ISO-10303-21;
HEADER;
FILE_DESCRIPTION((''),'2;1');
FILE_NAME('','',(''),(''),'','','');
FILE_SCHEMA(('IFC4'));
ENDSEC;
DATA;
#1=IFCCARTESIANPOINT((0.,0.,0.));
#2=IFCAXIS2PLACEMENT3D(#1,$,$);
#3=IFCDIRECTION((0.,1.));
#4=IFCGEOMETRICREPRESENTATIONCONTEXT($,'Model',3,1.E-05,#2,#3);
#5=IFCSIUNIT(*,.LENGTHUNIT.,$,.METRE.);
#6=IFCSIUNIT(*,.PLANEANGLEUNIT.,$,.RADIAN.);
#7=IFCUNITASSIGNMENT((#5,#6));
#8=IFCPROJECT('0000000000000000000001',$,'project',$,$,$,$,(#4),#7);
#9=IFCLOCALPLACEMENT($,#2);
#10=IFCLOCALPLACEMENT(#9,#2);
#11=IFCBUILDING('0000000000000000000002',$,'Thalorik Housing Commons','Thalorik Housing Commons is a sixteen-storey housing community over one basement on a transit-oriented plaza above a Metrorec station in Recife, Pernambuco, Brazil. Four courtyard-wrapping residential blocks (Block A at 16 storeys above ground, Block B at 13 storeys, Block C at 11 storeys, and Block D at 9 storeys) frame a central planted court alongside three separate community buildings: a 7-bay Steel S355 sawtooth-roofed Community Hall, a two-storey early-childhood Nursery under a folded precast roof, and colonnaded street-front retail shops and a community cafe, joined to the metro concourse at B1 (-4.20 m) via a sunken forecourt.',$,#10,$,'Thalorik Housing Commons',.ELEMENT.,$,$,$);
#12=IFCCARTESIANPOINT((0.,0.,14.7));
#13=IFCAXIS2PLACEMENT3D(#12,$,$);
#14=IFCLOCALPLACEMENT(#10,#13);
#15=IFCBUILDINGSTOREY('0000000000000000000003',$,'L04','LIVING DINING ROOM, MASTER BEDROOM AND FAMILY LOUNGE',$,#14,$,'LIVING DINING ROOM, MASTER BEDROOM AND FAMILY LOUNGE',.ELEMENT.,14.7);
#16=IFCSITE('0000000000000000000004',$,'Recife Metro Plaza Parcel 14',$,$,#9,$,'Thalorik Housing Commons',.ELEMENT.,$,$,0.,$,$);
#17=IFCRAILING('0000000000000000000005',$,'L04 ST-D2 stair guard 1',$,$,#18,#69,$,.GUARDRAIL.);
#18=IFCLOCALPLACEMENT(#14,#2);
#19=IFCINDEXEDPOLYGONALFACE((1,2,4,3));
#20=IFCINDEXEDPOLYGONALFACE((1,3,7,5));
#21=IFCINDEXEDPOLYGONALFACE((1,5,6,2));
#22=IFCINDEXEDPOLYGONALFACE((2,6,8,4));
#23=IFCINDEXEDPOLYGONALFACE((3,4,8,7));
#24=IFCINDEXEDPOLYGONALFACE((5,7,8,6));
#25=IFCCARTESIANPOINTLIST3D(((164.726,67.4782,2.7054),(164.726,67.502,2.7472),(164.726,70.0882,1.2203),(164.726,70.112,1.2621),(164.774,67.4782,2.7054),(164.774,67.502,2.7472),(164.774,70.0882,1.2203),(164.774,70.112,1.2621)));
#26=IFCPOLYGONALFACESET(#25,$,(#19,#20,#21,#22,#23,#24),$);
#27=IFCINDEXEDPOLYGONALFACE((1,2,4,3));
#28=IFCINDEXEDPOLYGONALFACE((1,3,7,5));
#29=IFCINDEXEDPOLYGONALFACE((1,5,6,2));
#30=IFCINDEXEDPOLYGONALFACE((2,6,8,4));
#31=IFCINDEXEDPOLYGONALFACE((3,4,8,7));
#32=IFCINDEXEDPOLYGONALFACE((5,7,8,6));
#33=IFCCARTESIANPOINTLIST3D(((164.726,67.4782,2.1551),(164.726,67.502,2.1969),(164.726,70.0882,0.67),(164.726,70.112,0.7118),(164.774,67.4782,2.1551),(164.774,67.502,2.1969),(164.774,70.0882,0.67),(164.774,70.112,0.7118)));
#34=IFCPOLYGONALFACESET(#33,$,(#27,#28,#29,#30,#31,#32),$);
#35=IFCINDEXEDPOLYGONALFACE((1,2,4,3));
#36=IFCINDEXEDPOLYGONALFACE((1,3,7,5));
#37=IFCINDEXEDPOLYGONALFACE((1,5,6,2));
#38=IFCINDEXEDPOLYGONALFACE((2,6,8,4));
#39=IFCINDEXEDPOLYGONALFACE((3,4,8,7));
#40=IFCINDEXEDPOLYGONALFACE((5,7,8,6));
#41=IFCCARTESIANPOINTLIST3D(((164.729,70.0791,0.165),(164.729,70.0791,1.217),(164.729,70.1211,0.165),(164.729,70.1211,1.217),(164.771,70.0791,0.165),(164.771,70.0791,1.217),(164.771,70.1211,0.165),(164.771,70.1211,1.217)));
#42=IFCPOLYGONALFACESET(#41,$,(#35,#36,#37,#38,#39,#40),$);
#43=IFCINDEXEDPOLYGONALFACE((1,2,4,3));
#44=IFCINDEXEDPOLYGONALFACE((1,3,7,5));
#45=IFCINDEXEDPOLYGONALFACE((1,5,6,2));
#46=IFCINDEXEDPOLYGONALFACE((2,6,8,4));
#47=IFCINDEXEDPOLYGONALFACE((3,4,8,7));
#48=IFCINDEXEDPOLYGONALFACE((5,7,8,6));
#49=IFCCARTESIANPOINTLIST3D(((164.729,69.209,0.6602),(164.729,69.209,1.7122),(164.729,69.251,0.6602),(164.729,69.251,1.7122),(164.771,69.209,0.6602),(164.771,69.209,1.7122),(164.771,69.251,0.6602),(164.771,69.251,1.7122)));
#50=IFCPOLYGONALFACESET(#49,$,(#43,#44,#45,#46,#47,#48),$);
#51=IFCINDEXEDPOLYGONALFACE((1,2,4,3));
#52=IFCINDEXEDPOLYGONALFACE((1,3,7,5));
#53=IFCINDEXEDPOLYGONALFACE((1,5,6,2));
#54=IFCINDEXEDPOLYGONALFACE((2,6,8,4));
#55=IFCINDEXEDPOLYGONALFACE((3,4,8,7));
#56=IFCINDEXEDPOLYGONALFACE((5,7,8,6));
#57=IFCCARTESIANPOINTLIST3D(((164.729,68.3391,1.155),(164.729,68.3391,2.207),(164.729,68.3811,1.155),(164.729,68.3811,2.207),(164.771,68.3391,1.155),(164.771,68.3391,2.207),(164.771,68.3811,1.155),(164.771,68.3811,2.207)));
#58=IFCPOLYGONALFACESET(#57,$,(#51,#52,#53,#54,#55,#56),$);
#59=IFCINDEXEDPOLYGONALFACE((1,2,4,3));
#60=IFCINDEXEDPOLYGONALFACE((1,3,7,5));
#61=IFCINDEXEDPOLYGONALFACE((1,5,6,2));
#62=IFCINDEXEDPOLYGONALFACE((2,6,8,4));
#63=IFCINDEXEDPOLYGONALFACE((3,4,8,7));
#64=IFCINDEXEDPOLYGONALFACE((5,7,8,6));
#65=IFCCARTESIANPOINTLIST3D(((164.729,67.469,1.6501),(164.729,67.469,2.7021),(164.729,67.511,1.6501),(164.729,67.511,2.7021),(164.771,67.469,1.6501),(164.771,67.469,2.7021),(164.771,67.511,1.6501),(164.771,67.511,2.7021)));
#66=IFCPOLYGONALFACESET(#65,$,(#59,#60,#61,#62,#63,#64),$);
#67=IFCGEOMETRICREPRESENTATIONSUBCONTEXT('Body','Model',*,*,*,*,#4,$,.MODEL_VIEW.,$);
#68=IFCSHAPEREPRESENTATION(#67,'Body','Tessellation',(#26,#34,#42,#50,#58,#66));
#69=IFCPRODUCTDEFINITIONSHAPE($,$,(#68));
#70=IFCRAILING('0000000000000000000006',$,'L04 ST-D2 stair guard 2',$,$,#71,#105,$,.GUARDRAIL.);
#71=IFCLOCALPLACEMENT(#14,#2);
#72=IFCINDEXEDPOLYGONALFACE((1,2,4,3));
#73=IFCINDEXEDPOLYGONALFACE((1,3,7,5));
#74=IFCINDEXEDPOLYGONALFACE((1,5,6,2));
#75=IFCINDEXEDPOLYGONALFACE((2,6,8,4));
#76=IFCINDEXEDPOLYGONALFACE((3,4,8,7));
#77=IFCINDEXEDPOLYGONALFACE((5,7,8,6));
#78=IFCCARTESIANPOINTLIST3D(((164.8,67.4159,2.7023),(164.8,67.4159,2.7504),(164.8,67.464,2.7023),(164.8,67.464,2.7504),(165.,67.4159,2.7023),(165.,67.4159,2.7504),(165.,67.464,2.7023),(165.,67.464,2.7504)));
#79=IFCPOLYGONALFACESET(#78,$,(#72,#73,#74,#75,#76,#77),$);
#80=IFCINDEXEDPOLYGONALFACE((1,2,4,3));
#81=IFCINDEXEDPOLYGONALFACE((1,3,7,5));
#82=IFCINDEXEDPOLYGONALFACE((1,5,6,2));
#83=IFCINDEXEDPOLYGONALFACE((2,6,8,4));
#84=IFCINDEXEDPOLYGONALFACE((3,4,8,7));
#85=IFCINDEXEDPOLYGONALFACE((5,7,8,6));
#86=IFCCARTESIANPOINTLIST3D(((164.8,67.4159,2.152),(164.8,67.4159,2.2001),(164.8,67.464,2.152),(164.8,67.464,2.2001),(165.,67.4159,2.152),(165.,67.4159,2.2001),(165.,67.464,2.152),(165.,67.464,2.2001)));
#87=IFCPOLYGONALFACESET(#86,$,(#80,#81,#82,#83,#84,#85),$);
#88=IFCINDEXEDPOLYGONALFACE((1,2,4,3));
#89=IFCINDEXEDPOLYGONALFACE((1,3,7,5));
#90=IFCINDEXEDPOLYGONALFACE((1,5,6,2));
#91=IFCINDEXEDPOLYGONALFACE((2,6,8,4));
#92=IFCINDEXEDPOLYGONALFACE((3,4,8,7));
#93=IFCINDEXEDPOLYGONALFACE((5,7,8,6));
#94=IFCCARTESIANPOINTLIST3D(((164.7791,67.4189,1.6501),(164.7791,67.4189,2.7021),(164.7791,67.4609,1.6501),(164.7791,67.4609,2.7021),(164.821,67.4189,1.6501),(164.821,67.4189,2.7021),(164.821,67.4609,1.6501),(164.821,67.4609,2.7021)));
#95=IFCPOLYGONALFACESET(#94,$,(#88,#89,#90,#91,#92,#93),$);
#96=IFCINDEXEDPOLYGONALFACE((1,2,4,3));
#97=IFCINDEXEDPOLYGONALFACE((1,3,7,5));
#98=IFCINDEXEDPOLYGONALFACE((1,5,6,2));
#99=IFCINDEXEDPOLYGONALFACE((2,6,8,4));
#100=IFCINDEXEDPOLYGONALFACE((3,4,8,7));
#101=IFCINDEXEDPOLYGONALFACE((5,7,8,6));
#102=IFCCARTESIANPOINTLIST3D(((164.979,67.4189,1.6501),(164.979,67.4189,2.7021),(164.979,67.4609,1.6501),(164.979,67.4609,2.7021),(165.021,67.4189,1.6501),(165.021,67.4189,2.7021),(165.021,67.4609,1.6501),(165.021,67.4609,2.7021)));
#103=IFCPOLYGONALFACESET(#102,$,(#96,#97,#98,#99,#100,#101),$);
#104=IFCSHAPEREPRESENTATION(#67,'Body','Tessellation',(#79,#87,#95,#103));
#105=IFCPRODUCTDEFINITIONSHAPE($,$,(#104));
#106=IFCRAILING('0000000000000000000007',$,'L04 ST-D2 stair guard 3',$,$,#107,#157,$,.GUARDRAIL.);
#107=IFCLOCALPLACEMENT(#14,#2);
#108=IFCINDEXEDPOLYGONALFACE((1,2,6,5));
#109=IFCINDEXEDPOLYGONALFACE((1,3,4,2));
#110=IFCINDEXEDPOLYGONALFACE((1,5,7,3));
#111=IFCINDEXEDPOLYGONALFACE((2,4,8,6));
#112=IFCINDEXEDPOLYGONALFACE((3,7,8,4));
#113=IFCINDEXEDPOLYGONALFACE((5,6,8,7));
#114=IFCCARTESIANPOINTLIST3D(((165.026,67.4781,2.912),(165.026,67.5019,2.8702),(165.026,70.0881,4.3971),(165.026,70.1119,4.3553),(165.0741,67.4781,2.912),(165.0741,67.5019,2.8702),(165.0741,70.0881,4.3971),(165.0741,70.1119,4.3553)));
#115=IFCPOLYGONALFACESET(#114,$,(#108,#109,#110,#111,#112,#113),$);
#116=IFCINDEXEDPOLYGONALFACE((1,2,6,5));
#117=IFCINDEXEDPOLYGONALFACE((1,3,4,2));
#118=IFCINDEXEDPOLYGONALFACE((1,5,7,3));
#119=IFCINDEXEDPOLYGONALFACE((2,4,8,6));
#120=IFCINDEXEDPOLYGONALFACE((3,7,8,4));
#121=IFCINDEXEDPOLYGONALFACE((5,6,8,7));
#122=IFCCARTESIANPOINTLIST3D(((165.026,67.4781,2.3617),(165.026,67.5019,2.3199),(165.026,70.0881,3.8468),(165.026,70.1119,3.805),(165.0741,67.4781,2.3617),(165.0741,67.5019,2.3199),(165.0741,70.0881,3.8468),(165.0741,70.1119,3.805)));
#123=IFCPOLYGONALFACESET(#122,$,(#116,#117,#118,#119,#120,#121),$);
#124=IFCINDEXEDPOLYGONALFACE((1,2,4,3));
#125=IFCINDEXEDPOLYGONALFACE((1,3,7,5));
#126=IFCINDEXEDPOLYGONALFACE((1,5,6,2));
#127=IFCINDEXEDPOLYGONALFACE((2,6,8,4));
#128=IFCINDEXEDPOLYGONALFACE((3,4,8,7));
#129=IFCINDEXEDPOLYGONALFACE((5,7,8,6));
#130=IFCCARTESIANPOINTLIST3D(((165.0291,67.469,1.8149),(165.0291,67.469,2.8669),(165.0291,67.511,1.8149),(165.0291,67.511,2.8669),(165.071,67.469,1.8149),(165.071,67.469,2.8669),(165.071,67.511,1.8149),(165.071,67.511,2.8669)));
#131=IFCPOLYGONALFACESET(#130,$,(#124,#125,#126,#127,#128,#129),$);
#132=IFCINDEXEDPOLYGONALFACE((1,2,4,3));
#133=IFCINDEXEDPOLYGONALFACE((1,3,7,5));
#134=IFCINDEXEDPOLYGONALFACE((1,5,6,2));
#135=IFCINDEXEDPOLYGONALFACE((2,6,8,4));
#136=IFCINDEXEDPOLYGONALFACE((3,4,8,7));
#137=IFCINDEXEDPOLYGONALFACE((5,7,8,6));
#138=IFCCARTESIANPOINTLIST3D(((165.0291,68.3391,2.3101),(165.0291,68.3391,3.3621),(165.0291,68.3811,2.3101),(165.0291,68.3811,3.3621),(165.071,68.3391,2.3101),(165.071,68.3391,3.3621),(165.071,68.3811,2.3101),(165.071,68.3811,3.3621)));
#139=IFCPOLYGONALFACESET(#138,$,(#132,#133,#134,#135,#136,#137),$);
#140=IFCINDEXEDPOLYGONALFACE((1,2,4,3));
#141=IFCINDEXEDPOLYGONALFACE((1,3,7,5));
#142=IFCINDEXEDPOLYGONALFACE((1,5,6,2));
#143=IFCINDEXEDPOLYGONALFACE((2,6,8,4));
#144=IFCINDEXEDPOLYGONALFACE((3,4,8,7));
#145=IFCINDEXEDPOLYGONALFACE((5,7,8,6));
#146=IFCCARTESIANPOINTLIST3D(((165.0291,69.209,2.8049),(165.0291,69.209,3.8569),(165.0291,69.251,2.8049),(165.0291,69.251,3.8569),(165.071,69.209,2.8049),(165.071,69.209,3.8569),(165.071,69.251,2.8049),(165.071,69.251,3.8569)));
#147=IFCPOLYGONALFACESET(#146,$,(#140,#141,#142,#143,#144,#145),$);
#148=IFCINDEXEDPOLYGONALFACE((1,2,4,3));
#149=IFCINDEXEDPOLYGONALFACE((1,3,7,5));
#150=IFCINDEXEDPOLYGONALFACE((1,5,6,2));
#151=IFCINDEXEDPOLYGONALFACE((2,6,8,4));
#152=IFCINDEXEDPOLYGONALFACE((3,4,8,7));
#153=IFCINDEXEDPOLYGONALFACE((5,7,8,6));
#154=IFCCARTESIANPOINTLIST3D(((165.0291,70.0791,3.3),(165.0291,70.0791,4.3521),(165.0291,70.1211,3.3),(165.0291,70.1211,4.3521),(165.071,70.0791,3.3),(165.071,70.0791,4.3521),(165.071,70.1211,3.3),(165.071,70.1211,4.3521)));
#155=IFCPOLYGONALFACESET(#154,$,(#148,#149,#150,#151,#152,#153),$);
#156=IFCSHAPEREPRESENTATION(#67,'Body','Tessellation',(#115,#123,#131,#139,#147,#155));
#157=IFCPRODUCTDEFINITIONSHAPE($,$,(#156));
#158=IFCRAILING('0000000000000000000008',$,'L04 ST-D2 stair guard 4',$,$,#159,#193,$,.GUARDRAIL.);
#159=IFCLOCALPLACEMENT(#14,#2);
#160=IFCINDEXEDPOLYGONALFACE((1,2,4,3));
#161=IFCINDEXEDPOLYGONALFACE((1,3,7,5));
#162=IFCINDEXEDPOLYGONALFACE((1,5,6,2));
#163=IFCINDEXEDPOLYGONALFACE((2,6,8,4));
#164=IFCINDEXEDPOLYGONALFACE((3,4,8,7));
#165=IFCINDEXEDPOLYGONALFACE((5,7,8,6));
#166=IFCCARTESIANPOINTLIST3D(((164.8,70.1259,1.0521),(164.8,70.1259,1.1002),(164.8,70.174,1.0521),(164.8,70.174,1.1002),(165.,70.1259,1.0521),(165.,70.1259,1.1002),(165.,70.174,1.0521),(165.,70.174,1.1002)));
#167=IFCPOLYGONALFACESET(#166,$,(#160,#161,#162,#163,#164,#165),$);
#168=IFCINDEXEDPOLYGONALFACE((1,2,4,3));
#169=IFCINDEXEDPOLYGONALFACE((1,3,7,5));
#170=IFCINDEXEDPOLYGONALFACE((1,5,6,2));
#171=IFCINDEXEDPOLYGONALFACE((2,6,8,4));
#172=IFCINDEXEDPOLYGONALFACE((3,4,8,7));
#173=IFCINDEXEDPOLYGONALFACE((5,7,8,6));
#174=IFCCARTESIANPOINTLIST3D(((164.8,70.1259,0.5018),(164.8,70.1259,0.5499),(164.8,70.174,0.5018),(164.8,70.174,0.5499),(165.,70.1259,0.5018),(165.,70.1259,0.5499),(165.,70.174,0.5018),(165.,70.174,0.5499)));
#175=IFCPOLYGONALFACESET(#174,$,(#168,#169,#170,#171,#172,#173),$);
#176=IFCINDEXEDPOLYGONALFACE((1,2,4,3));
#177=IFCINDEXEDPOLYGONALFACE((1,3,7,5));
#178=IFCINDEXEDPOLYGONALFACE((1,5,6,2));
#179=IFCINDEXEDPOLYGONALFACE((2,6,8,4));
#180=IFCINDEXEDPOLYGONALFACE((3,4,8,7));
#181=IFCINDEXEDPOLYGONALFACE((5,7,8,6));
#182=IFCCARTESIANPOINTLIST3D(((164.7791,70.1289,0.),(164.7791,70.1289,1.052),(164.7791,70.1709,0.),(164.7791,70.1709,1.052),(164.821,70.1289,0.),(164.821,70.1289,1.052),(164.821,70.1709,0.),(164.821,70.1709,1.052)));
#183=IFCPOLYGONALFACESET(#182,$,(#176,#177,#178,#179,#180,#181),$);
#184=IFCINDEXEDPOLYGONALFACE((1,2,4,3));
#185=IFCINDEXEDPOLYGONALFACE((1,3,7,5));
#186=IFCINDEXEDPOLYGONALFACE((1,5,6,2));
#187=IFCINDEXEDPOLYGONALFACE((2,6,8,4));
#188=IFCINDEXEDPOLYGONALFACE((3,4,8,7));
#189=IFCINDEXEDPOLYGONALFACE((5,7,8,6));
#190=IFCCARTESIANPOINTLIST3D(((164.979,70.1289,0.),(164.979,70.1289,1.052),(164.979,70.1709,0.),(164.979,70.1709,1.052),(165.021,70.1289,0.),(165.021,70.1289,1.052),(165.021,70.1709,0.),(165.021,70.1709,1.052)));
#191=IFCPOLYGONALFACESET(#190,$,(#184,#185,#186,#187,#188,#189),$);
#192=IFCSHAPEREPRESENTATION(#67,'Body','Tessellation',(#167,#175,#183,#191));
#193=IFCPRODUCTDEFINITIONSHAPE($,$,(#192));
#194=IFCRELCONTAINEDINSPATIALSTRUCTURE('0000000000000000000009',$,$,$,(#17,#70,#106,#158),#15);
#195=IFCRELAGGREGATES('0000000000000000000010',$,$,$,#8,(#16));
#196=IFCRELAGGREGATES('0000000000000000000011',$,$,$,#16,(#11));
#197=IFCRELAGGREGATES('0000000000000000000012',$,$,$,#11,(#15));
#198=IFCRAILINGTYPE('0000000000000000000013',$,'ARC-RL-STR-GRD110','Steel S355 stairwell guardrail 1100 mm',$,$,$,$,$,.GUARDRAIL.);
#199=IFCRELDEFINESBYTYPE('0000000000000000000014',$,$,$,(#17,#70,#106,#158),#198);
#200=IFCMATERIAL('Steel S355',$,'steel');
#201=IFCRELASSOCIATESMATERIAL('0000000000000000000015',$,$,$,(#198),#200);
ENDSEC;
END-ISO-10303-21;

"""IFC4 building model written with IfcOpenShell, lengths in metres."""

from ifc_helpers import new_model, si_unit, direction, frame, origin, origin_2d, place, context, subcontext, project, spatial, rectangle, extrude, material, type_object, element, save


model = new_model("IFC4")

# Units and contexts
model_context = context("Model", 3, precision=1e-05, world=origin(), true_north=direction((0.0, 1.0)))
body_context = subcontext(model_context, "Body", "Model", "MODEL_VIEW")
ifc_project = project(units=[si_unit("LENGTHUNIT", "METRE"), si_unit("PLANEANGLEUNIT", "RADIAN")], contexts=[model_context])

# Site, building, storey
site_placement = place(None, origin())
site = spatial("IfcSite", under=ifc_project, at=site_placement, Name="Recife Metro Plaza Parcel 14", LongName="Thalorik Housing Commons", CompositionType="ELEMENT", RefElevation=0.0)
building_placement = place(site_placement, origin())
building = spatial("IfcBuilding", under=site, at=building_placement, Name="Thalorik Housing Commons", Description="Thalorik Housing Commons is a sixteen-storey housing community over one basement on a transit-oriented plaza above a Metrorec station in Recife, Pernambuco, Brazil. Four courtyard-wrapping residential blocks (Block A at 16 storeys above ground, Block B at 13 storeys, Block C at 11 storeys, and Block D at 9 storeys) frame a central planted court alongside three separate community buildings: a 7-bay Steel S355 sawtooth-roofed Community Hall, a two-storey early-childhood Nursery under a folded precast roof, and colonnaded street-front retail shops and a community cafe, joined to the metro concourse at B1 (-4.20 m) via a sunken forecourt.", LongName="Thalorik Housing Commons", CompositionType="ELEMENT")
storey_placement = place(building_placement, frame((0.0, 0.0, 14.7)))
storey = spatial("IfcBuildingStorey", under=building, at=storey_placement, Name="L04", Description="LIVING DINING ROOM, MASTER BEDROOM AND FAMILY LOUNGE", LongName="LIVING DINING ROOM, MASTER BEDROOM AND FAMILY LOUNGE", CompositionType="ELEMENT", Elevation=14.7)

# Shared definitions
ifc_material_1 = material(Name="Steel S355", Category="steel")

# Railings
railing_type_1 = type_object("IfcRailingType", Name="ARC-RL-STR-GRD110", Description="Steel S355 stairwell guardrail 1100 mm", PredefinedType="GUARDRAIL", material=ifc_material_1)
railing_1_placement = place(storey_placement, frame((164.75, 70.1001, 0.165)))
element("IfcRailing", 1, at=railing_1_placement, inside=storey, type_object=railing_type_1, Name="L04 ST-D2 stair guard 1", PredefinedType="GUARDRAIL", context=body_context, shape_type="SweptSolid", body=[
    extrude(rectangle(XDim=0.0481, YDim=0.0481, at=origin_2d()), frame((0.0, 0.0, 1.0762), z_axis=(0.0, -0.869157, 0.494536), x_axis=(1.0, 0.0, 0.0)), (0.0, 0.0, 1.0), 3.0029),
    extrude(rectangle(XDim=0.0481, YDim=0.0481, at=origin_2d()), frame((0.0, 0.0, 0.5259), z_axis=(0.0, -0.869157, 0.494536), x_axis=(1.0, 0.0, 0.0)), (0.0, 0.0, 1.0), 3.0029),
    extrude(rectangle(XDim=0.042, YDim=0.042, at=origin_2d()), origin(), (0.0, 0.0, 1.0), 1.052),
    extrude(rectangle(XDim=0.042, YDim=0.042, at=origin_2d()), frame((0.0, -0.8701, 0.4951)), (0.0, 0.0, 1.0), 1.052),
    extrude(rectangle(XDim=0.042, YDim=0.042, at=origin_2d()), frame((0.0, -1.74, 0.99)), (0.0, 0.0, 1.0), 1.052),
    extrude(rectangle(XDim=0.042, YDim=0.042, at=origin_2d()), frame((0.0, -2.6101, 1.4851)), (0.0, 0.0, 1.0), 1.052),
])
railing_2_placement = place(storey_placement, frame((164.8, 67.4399, 1.6501)))
element("IfcRailing", 2, at=railing_2_placement, inside=storey, type_object=railing_type_1, Name="L04 ST-D2 stair guard 2", PredefinedType="GUARDRAIL", context=body_context, shape_type="SweptSolid", body=[
    extrude(rectangle(XDim=0.0481, YDim=0.0481, at=origin_2d()), frame((0.0, 0.0, 1.0762), z_axis=(1.0, 0.0, 0.0), x_axis=(0.0, 1.0, 0.0)), (0.0, 0.0, 1.0), 0.2),
    extrude(rectangle(XDim=0.0481, YDim=0.0481, at=origin_2d()), frame((0.0, 0.0, 0.5259), z_axis=(1.0, 0.0, 0.0), x_axis=(0.0, 1.0, 0.0)), (0.0, 0.0, 1.0), 0.2),
    extrude(rectangle(XDim=0.042, YDim=0.042, at=origin_2d()), origin(), (0.0, 0.0, 1.0), 1.052),
    extrude(rectangle(XDim=0.042, YDim=0.042, at=origin_2d()), frame((0.2, 0.0, 0.0)), (0.0, 0.0, 1.0), 1.052),
])
railing_3_placement = place(storey_placement, frame((165.05, 67.49, 1.8149)))
element("IfcRailing", 3, at=railing_3_placement, inside=storey, type_object=railing_type_1, Name="L04 ST-D2 stair guard 3", PredefinedType="GUARDRAIL", context=body_context, shape_type="SweptSolid", body=[
    extrude(rectangle(XDim=0.0481, YDim=0.0481, at=origin_2d()), frame((0.0, 0.0, 1.0762), z_axis=(0.0, 0.869157, 0.494536), x_axis=(-1.0, 0.0, 0.0)), (0.0, 0.0, 1.0), 3.0029),
    extrude(rectangle(XDim=0.0481, YDim=0.0481, at=origin_2d()), frame((0.0, 0.0, 0.5259), z_axis=(0.0, 0.869157, 0.494536), x_axis=(-1.0, 0.0, 0.0)), (0.0, 0.0, 1.0), 3.0029),
    extrude(rectangle(XDim=0.042, YDim=0.042, at=origin_2d()), origin(), (0.0, 0.0, 1.0), 1.052),
    extrude(rectangle(XDim=0.042, YDim=0.042, at=origin_2d()), frame((0.0, 0.8701, 0.4951)), (0.0, 0.0, 1.0), 1.052),
    extrude(rectangle(XDim=0.042, YDim=0.042, at=origin_2d()), frame((0.0, 1.74, 0.99)), (0.0, 0.0, 1.0), 1.052),
    extrude(rectangle(XDim=0.042, YDim=0.042, at=origin_2d()), frame((0.0, 2.6101, 1.4851)), (0.0, 0.0, 1.0), 1.052),
])
railing_4_placement = place(storey_placement, frame((164.8, 70.1499, 0.0)))
element("IfcRailing", 4, at=railing_4_placement, inside=storey, type_object=railing_type_1, Name="L04 ST-D2 stair guard 4", PredefinedType="GUARDRAIL", context=body_context, shape_type="SweptSolid", body=[
    extrude(rectangle(XDim=0.0481, YDim=0.0481, at=origin_2d()), frame((0.0, 0.0, 1.0762), z_axis=(1.0, 0.0, 0.0), x_axis=(0.0, 1.0, 0.0)), (0.0, 0.0, 1.0), 0.2),
    extrude(rectangle(XDim=0.0481, YDim=0.0481, at=origin_2d()), frame((0.0, 0.0, 0.5259), z_axis=(1.0, 0.0, 0.0), x_axis=(0.0, 1.0, 0.0)), (0.0, 0.0, 1.0), 0.2),
    extrude(rectangle(XDim=0.042, YDim=0.042, at=origin_2d()), origin(), (0.0, 0.0, 1.0), 1.052),
    extrude(rectangle(XDim=0.042, YDim=0.042, at=origin_2d()), frame((0.2, 0.0, 0.0)), (0.0, 0.0, 1.0), 1.052),
])

save(model, "model.ifc")
